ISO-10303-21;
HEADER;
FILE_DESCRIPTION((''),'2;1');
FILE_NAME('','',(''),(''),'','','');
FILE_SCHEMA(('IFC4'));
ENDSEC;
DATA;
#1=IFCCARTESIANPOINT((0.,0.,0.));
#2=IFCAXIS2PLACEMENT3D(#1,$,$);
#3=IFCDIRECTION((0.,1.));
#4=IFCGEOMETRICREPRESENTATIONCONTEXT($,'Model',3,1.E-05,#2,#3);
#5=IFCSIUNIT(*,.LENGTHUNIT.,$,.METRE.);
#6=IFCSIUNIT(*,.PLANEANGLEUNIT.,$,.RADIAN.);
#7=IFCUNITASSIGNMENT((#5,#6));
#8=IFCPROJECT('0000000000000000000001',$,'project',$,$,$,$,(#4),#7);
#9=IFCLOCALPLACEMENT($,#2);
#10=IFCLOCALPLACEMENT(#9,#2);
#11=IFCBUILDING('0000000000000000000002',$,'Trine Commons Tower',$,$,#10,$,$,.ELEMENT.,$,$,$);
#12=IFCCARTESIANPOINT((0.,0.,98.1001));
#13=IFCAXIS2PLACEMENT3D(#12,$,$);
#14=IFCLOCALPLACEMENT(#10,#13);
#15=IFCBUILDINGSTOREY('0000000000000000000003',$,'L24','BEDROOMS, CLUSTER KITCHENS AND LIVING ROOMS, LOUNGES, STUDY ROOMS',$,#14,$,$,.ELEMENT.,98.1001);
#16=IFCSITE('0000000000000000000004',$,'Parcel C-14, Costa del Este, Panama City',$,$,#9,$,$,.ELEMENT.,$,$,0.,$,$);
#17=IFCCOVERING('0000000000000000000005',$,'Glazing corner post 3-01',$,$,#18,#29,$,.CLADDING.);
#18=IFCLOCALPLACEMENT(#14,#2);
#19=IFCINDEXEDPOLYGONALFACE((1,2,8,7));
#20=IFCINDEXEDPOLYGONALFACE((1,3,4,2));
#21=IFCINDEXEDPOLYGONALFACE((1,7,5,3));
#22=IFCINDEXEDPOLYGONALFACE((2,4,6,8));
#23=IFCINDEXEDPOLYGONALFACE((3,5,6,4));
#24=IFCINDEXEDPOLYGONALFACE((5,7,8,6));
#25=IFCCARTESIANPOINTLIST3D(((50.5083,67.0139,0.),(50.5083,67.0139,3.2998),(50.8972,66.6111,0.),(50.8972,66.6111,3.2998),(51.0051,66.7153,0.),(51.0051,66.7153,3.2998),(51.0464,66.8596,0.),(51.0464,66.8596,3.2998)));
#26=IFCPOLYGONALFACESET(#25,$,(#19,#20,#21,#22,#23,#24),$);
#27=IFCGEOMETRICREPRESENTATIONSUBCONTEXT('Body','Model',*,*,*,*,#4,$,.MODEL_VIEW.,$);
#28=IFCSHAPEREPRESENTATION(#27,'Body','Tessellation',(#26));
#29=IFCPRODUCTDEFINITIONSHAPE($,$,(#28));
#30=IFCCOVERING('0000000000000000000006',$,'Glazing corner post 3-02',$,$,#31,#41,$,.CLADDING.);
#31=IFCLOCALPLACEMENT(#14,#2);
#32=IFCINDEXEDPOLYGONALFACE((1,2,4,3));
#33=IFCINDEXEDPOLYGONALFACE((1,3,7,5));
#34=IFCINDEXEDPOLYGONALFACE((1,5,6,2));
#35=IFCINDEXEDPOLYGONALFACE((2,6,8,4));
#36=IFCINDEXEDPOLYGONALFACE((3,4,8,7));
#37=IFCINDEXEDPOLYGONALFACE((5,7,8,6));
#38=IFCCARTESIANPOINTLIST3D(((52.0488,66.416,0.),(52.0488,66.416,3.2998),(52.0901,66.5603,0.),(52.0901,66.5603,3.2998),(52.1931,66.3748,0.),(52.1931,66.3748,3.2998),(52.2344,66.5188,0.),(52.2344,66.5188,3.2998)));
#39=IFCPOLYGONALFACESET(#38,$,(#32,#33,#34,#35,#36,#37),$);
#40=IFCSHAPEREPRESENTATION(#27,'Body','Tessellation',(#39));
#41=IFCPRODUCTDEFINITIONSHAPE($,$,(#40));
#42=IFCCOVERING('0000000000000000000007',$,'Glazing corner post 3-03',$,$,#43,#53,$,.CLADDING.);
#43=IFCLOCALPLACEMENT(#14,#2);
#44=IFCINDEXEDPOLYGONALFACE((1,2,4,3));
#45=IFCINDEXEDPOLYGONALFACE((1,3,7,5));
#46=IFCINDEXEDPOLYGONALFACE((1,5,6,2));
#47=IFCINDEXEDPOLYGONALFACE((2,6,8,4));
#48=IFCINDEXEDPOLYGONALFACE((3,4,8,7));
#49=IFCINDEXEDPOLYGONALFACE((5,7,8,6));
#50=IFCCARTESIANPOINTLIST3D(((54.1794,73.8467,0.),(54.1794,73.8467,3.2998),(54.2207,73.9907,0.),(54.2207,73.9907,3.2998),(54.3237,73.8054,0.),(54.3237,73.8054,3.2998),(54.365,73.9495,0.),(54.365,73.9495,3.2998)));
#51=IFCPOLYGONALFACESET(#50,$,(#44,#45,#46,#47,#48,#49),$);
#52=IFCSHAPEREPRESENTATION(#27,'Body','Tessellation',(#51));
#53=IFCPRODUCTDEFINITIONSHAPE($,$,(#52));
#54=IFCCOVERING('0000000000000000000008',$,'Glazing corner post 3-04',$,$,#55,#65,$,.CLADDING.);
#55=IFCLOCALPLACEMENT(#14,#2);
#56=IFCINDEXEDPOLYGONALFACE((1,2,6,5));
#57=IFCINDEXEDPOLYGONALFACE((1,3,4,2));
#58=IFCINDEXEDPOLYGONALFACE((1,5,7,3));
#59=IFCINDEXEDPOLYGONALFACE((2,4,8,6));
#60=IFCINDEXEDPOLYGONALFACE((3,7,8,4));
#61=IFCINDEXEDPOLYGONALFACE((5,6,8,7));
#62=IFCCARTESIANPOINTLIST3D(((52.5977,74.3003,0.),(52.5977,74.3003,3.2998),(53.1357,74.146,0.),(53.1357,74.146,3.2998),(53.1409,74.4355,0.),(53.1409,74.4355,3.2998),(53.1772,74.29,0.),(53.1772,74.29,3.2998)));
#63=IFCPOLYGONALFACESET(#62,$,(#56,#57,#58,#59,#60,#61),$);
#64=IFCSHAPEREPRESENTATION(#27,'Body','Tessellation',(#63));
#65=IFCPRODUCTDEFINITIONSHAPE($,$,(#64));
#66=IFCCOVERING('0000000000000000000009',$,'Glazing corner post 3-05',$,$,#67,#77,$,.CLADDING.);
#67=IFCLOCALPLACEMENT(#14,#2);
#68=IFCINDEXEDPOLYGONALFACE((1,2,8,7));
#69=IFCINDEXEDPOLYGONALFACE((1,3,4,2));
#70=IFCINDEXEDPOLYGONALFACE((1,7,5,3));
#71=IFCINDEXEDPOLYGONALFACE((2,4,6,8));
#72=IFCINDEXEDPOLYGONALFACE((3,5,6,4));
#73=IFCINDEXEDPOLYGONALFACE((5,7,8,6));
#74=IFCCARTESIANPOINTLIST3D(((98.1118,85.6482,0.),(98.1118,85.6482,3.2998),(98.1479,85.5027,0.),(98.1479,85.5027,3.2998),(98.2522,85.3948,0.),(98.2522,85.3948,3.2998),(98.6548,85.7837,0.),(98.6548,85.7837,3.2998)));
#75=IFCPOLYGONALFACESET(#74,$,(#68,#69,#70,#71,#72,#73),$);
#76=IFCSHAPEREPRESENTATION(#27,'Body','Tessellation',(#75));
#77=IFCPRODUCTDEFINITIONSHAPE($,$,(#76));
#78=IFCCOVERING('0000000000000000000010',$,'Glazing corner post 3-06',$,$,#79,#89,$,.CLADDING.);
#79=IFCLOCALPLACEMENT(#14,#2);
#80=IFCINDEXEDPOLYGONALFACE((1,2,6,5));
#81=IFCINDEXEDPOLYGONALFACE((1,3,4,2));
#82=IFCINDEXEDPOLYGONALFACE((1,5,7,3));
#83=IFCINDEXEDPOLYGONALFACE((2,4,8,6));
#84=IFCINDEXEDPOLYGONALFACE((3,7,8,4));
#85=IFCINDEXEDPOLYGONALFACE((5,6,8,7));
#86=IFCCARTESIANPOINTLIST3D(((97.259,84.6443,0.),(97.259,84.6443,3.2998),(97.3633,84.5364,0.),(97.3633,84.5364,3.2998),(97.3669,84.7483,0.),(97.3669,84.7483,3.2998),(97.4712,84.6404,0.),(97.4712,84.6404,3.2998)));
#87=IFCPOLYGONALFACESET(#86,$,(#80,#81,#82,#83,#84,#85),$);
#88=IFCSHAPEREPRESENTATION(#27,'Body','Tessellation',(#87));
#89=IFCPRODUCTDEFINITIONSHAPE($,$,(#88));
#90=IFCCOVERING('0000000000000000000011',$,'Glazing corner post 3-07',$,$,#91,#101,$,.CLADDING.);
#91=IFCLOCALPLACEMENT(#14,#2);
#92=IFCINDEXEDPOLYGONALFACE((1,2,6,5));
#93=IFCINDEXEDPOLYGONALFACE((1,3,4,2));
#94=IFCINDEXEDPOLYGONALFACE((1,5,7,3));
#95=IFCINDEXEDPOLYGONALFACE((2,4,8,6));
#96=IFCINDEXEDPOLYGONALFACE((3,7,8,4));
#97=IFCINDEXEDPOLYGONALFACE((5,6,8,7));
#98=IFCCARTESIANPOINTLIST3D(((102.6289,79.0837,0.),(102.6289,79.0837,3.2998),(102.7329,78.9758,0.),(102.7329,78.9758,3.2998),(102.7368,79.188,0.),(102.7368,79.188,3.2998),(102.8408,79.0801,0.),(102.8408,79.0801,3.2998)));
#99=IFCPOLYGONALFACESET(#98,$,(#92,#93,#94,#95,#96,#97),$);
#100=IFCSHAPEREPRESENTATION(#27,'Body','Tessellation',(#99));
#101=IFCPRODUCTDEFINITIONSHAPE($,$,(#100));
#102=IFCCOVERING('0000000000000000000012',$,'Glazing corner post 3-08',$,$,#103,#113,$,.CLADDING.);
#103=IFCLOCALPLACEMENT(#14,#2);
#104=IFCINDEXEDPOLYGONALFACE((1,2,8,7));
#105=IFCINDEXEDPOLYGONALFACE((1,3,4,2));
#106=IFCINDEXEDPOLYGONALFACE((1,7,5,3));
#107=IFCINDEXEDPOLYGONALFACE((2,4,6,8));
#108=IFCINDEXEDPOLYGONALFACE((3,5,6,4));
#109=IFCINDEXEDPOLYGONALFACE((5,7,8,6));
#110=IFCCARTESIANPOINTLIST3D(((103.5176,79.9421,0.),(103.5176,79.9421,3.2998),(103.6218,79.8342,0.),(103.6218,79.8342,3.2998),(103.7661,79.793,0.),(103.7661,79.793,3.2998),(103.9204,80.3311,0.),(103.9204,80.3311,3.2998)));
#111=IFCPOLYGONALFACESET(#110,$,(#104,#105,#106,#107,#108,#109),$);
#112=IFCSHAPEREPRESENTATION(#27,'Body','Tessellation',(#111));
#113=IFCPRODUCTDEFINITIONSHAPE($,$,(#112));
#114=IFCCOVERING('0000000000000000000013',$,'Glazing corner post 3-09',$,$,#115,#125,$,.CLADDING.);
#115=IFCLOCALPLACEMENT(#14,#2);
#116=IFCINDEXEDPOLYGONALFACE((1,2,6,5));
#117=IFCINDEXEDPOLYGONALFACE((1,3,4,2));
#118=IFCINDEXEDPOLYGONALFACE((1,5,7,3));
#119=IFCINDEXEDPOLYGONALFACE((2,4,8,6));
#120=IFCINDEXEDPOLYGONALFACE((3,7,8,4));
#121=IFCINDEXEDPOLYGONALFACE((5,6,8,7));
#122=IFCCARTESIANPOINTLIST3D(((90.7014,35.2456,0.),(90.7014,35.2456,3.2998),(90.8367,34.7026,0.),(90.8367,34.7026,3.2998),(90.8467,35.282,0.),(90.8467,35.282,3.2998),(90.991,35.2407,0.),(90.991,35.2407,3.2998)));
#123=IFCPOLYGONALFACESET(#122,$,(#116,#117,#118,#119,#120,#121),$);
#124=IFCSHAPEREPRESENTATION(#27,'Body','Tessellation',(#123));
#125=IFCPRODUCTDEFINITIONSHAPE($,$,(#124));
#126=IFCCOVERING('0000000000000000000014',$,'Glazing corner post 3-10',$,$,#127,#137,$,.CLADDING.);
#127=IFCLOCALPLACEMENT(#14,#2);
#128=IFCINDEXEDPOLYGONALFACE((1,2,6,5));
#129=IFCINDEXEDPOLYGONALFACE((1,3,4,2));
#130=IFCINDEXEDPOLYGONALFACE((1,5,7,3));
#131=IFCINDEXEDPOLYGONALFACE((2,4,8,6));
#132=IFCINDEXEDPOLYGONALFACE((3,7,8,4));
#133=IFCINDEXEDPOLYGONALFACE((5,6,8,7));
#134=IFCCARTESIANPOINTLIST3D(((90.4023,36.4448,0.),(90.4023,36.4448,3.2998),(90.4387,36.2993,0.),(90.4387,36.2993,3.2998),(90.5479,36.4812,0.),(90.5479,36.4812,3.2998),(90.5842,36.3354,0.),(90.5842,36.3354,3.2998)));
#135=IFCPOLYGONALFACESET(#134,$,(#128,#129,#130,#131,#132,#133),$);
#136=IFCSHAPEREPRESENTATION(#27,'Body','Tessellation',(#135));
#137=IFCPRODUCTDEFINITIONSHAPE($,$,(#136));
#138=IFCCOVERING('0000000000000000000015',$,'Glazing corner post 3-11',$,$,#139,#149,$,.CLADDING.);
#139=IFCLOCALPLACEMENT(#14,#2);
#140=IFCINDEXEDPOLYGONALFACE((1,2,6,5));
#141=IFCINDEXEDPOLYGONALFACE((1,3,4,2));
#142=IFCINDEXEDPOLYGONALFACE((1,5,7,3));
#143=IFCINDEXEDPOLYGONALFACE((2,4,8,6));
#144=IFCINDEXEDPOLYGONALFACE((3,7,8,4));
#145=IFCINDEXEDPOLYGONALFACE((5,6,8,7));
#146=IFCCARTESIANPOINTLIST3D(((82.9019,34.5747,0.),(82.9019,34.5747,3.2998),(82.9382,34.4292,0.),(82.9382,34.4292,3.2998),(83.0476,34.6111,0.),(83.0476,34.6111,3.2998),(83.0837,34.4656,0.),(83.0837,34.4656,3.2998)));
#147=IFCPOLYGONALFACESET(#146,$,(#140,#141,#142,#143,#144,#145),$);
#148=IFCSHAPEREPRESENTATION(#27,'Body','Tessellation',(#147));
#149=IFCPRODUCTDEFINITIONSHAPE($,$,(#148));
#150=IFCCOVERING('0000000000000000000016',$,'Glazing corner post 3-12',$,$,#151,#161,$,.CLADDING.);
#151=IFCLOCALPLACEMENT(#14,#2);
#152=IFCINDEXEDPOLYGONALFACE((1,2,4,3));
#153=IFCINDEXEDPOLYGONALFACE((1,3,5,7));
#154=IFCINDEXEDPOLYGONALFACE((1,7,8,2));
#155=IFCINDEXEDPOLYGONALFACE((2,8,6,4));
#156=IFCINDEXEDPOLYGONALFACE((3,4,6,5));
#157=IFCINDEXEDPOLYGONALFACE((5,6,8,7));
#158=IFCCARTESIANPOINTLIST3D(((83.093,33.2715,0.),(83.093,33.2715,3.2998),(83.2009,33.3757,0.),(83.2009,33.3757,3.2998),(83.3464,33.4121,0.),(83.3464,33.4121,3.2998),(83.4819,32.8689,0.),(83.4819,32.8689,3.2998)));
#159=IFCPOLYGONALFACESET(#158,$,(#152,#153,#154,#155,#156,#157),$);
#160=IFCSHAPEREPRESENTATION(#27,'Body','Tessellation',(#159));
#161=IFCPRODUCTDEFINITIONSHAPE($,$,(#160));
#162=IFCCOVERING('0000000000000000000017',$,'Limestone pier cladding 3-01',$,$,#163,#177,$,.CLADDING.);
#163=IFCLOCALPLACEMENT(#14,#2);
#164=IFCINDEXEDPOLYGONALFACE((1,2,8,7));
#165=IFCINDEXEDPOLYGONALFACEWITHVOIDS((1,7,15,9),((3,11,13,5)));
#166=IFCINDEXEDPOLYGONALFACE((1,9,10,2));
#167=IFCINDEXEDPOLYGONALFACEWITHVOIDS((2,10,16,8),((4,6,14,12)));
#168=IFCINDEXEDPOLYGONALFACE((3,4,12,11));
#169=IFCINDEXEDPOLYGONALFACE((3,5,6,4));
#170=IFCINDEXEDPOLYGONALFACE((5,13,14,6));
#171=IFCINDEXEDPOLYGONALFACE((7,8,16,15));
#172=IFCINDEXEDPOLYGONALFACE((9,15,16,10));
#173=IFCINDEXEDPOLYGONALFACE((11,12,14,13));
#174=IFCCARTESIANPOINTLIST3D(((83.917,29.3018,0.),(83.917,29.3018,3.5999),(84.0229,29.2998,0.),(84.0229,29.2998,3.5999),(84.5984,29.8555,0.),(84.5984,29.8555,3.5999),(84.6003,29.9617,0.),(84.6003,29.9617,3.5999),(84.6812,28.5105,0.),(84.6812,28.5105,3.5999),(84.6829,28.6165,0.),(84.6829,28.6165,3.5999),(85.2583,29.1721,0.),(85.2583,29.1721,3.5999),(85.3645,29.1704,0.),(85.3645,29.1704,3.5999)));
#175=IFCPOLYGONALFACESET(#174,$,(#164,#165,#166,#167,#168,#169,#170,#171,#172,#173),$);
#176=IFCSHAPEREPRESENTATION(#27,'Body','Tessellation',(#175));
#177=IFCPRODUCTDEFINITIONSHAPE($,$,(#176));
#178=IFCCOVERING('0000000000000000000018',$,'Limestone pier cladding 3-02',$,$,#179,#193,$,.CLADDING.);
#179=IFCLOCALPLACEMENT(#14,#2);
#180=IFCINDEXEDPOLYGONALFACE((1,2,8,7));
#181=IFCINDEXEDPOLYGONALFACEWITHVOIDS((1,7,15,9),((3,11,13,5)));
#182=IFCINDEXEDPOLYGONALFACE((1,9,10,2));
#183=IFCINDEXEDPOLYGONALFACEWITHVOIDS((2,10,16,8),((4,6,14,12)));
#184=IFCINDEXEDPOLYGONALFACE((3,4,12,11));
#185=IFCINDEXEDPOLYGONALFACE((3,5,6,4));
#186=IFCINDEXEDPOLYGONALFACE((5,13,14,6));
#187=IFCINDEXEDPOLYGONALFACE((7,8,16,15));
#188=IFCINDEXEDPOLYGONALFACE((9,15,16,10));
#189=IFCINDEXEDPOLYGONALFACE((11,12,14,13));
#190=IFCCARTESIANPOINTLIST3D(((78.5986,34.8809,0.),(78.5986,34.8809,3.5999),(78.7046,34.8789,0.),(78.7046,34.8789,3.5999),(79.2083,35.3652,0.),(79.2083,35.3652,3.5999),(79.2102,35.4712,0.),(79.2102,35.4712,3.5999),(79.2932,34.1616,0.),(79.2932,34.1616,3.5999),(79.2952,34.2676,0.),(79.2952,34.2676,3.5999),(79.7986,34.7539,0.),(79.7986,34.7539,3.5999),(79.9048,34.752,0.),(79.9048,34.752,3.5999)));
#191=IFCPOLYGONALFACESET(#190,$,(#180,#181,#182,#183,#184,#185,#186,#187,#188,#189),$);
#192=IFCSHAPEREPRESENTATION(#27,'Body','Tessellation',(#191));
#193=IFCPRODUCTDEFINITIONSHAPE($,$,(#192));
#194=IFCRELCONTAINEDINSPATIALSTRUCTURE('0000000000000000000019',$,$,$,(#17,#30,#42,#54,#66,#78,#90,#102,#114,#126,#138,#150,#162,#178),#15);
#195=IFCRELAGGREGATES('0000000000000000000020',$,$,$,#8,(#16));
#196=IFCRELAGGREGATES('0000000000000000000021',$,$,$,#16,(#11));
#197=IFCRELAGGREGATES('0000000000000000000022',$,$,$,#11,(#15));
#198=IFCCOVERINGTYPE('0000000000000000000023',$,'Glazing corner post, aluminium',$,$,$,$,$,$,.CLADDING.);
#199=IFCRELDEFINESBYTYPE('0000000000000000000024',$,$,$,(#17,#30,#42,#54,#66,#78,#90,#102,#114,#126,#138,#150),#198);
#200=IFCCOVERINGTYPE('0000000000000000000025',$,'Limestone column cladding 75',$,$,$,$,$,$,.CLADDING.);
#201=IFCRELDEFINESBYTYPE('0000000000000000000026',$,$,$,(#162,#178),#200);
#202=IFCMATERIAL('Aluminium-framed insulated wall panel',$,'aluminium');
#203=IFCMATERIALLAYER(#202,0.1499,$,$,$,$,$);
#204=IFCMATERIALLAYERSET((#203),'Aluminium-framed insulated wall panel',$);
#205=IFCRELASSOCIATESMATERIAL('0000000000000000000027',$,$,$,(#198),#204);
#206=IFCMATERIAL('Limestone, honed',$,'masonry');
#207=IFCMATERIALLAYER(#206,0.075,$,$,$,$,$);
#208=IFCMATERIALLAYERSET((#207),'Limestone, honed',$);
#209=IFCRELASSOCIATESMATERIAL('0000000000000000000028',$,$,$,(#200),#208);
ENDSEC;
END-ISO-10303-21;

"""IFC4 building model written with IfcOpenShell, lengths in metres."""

from ifc_helpers import new_model, si_unit, direction, frame, origin, place, context, subcontext, project, spatial, polyline, outline, extrude, material, layer, layer_set, type_object, element, save


model = new_model("IFC4")

# Units and contexts
model_context = context("Model", 3, precision=1e-05, world=origin(), true_north=direction((0.0, 1.0)))
body_context = subcontext(model_context, "Body", "Model", "MODEL_VIEW")
ifc_project = project(units=[si_unit("LENGTHUNIT", "METRE"), si_unit("PLANEANGLEUNIT", "RADIAN")], contexts=[model_context])

# Site, building, storey
site_placement = place(None, origin())
site = spatial("IfcSite", under=ifc_project, at=site_placement, Name="Parcel C-14, Costa del Este, Panama City", CompositionType="ELEMENT", RefElevation=0.0)
building_placement = place(site_placement, origin())
building = spatial("IfcBuilding", under=site, at=building_placement, Name="Trine Commons Tower", CompositionType="ELEMENT")
storey_placement = place(building_placement, frame((0.0, 0.0, 98.1001)))
storey = spatial("IfcBuildingStorey", under=building, at=storey_placement, Name="L24", Description="BEDROOMS, CLUSTER KITCHENS AND LIVING ROOMS, LOUNGES, STUDY ROOMS", CompositionType="ELEMENT", Elevation=98.1001)

# Coverings
ifc_material_1 = material(Name="Aluminium-framed insulated wall panel", Category="aluminium")
ifc_layer_1 = layer(ifc_material_1, 0.1499)
ifc_layer_set_1 = layer_set([ifc_layer_1], Name="Aluminium-framed insulated wall panel")
covering_type_1 = type_object("IfcCoveringType", Name="Glazing corner post, aluminium", PredefinedType="CLADDING", material=ifc_layer_set_1)
covering_1_placement = place(storey_placement, origin())
element("IfcCovering", 1, at=covering_1_placement, inside=storey, type_object=covering_type_1, Name="Glazing corner post 3-01", PredefinedType="CLADDING", context=body_context, shape_type="SweptSolid", body=[
    extrude(outline(polyline([(50.8972, 66.6111), (51.0051, 66.7153), (51.0464, 66.8596), (50.5083, 67.0139), (50.8972, 66.6111)])), origin(), (0.0, 0.0, 1.0), 3.2998),
])
covering_2_placement = place(storey_placement, origin())
element("IfcCovering", 2, at=covering_2_placement, inside=storey, type_object=covering_type_1, Name="Glazing corner post 3-02", PredefinedType="CLADDING", context=body_context, shape_type="SweptSolid", body=[
    extrude(outline(polyline([(52.0488, 66.416), (52.1931, 66.3748), (52.2344, 66.5188), (52.0901, 66.5603), (52.0488, 66.416)])), origin(), (0.0, 0.0, 1.0), 3.2998),
])
covering_3_placement = place(storey_placement, origin())
element("IfcCovering", 3, at=covering_3_placement, inside=storey, type_object=covering_type_1, Name="Glazing corner post 3-03", PredefinedType="CLADDING", context=body_context, shape_type="SweptSolid", body=[
    extrude(outline(polyline([(54.3237, 73.8054), (54.365, 73.9495), (54.2207, 73.9907), (54.1794, 73.8467), (54.3237, 73.8054)])), origin(), (0.0, 0.0, 1.0), 3.2998),
])
covering_4_placement = place(storey_placement, origin())
element("IfcCovering", 4, at=covering_4_placement, inside=storey, type_object=covering_type_1, Name="Glazing corner post 3-04", PredefinedType="CLADDING", context=body_context, shape_type="SweptSolid", body=[
    extrude(outline(polyline([(53.1357, 74.146), (53.1772, 74.29), (53.1409, 74.4355), (52.5977, 74.3003), (53.1357, 74.146)])), origin(), (0.0, 0.0, 1.0), 3.2998),
])
covering_5_placement = place(storey_placement, origin())
element("IfcCovering", 5, at=covering_5_placement, inside=storey, type_object=covering_type_1, Name="Glazing corner post 3-05", PredefinedType="CLADDING", context=body_context, shape_type="SweptSolid", body=[
    extrude(outline(polyline([(98.2522, 85.3948), (98.6548, 85.7837), (98.1118, 85.6482), (98.1479, 85.5027), (98.2522, 85.3948)])), origin(), (0.0, 0.0, 1.0), 3.2998),
])
covering_6_placement = place(storey_placement, origin())
element("IfcCovering", 6, at=covering_6_placement, inside=storey, type_object=covering_type_1, Name="Glazing corner post 3-06", PredefinedType="CLADDING", context=body_context, shape_type="SweptSolid", body=[
    extrude(outline(polyline([(97.3633, 84.5364), (97.4712, 84.6404), (97.4712, 84.6404), (97.3669, 84.7483), (97.259, 84.6443), (97.3633, 84.5364)])), origin(), (0.0, 0.0, 1.0), 3.2998),
])
covering_7_placement = place(storey_placement, origin())
element("IfcCovering", 7, at=covering_7_placement, inside=storey, type_object=covering_type_1, Name="Glazing corner post 3-07", PredefinedType="CLADDING", context=body_context, shape_type="SweptSolid", body=[
    extrude(outline(polyline([(102.6289, 79.0837), (102.7329, 78.9758), (102.8408, 79.0801), (102.7368, 79.188), (102.7368, 79.188), (102.6289, 79.0837)])), origin(), (0.0, 0.0, 1.0), 3.2998),
])
covering_8_placement = place(storey_placement, origin())
element("IfcCovering", 8, at=covering_8_placement, inside=storey, type_object=covering_type_1, Name="Glazing corner post 3-08", PredefinedType="CLADDING", context=body_context, shape_type="SweptSolid", body=[
    extrude(outline(polyline([(103.7661, 79.793), (103.9204, 80.3311), (103.5176, 79.9421), (103.6218, 79.8342), (103.7661, 79.793)])), origin(), (0.0, 0.0, 1.0), 3.2998),
])
covering_9_placement = place(storey_placement, origin())
element("IfcCovering", 9, at=covering_9_placement, inside=storey, type_object=covering_type_1, Name="Glazing corner post 3-09", PredefinedType="CLADDING", context=body_context, shape_type="SweptSolid", body=[
    extrude(outline(polyline([(90.7014, 35.2456), (90.8367, 34.7026), (90.991, 35.2407), (90.8467, 35.282), (90.7014, 35.2456)])), origin(), (0.0, 0.0, 1.0), 3.2998),
])
covering_10_placement = place(storey_placement, origin())
element("IfcCovering", 10, at=covering_10_placement, inside=storey, type_object=covering_type_1, Name="Glazing corner post 3-10", PredefinedType="CLADDING", context=body_context, shape_type="SweptSolid", body=[
    extrude(outline(polyline([(90.4023, 36.4448), (90.4387, 36.2993), (90.5842, 36.3354), (90.5479, 36.4812), (90.4023, 36.4448)])), origin(), (0.0, 0.0, 1.0), 3.2998),
])
covering_11_placement = place(storey_placement, origin())
element("IfcCovering", 11, at=covering_11_placement, inside=storey, type_object=covering_type_1, Name="Glazing corner post 3-11", PredefinedType="CLADDING", context=body_context, shape_type="SweptSolid", body=[
    extrude(outline(polyline([(82.9382, 34.4292), (83.0837, 34.4656), (83.0476, 34.6111), (82.9019, 34.5747), (82.9382, 34.4292)])), origin(), (0.0, 0.0, 1.0), 3.2998),
])
covering_12_placement = place(storey_placement, origin())
element("IfcCovering", 12, at=covering_12_placement, inside=storey, type_object=covering_type_1, Name="Glazing corner post 3-12", PredefinedType="CLADDING", context=body_context, shape_type="SweptSolid", body=[
    extrude(outline(polyline([(83.093, 33.2715), (83.4819, 32.8689), (83.3464, 33.4121), (83.2009, 33.3757), (83.093, 33.2715)])), origin(), (0.0, 0.0, 1.0), 3.2998),
])
ifc_material_2 = material(Name="Limestone, honed", Category="masonry")
ifc_layer_2 = layer(ifc_material_2, 0.075)
ifc_layer_set_2 = layer_set([ifc_layer_2], Name="Limestone, honed")
covering_type_2 = type_object("IfcCoveringType", Name="Limestone column cladding 75", PredefinedType="CLADDING", material=ifc_layer_set_2)
covering_13_placement = place(storey_placement, origin())
element("IfcCovering", 13, at=covering_13_placement, inside=storey, type_object=covering_type_2, Name="Limestone pier cladding 3-01", PredefinedType="CLADDING", context=body_context, shape_type="SweptSolid", body=[
    extrude(outline(polyline([(84.6003, 29.9617), (83.917, 29.3018), (84.6812, 28.5105), (85.3645, 29.1704), (84.6003, 29.9617)]), holes=[polyline([(84.5984, 29.8555), (84.0229, 29.2998), (84.6829, 28.6165), (85.2583, 29.1721), (84.5984, 29.8555)])]), origin(), (0.0, 0.0, 1.0), 3.5999),
])
covering_14_placement = place(storey_placement, origin())
element("IfcCovering", 14, at=covering_14_placement, inside=storey, type_object=covering_type_2, Name="Limestone pier cladding 3-02", PredefinedType="CLADDING", context=body_context, shape_type="SweptSolid", body=[
    extrude(outline(polyline([(79.2102, 35.4712), (78.5986, 34.8809), (79.2932, 34.1616), (79.9048, 34.752), (79.2102, 35.4712)]), holes=[polyline([(79.2083, 35.3652), (78.7046, 34.8789), (79.2952, 34.2676), (79.7986, 34.7539), (79.2083, 35.3652)])]), origin(), (0.0, 0.0, 1.0), 3.5999),
])

save(model, "model.ifc")
